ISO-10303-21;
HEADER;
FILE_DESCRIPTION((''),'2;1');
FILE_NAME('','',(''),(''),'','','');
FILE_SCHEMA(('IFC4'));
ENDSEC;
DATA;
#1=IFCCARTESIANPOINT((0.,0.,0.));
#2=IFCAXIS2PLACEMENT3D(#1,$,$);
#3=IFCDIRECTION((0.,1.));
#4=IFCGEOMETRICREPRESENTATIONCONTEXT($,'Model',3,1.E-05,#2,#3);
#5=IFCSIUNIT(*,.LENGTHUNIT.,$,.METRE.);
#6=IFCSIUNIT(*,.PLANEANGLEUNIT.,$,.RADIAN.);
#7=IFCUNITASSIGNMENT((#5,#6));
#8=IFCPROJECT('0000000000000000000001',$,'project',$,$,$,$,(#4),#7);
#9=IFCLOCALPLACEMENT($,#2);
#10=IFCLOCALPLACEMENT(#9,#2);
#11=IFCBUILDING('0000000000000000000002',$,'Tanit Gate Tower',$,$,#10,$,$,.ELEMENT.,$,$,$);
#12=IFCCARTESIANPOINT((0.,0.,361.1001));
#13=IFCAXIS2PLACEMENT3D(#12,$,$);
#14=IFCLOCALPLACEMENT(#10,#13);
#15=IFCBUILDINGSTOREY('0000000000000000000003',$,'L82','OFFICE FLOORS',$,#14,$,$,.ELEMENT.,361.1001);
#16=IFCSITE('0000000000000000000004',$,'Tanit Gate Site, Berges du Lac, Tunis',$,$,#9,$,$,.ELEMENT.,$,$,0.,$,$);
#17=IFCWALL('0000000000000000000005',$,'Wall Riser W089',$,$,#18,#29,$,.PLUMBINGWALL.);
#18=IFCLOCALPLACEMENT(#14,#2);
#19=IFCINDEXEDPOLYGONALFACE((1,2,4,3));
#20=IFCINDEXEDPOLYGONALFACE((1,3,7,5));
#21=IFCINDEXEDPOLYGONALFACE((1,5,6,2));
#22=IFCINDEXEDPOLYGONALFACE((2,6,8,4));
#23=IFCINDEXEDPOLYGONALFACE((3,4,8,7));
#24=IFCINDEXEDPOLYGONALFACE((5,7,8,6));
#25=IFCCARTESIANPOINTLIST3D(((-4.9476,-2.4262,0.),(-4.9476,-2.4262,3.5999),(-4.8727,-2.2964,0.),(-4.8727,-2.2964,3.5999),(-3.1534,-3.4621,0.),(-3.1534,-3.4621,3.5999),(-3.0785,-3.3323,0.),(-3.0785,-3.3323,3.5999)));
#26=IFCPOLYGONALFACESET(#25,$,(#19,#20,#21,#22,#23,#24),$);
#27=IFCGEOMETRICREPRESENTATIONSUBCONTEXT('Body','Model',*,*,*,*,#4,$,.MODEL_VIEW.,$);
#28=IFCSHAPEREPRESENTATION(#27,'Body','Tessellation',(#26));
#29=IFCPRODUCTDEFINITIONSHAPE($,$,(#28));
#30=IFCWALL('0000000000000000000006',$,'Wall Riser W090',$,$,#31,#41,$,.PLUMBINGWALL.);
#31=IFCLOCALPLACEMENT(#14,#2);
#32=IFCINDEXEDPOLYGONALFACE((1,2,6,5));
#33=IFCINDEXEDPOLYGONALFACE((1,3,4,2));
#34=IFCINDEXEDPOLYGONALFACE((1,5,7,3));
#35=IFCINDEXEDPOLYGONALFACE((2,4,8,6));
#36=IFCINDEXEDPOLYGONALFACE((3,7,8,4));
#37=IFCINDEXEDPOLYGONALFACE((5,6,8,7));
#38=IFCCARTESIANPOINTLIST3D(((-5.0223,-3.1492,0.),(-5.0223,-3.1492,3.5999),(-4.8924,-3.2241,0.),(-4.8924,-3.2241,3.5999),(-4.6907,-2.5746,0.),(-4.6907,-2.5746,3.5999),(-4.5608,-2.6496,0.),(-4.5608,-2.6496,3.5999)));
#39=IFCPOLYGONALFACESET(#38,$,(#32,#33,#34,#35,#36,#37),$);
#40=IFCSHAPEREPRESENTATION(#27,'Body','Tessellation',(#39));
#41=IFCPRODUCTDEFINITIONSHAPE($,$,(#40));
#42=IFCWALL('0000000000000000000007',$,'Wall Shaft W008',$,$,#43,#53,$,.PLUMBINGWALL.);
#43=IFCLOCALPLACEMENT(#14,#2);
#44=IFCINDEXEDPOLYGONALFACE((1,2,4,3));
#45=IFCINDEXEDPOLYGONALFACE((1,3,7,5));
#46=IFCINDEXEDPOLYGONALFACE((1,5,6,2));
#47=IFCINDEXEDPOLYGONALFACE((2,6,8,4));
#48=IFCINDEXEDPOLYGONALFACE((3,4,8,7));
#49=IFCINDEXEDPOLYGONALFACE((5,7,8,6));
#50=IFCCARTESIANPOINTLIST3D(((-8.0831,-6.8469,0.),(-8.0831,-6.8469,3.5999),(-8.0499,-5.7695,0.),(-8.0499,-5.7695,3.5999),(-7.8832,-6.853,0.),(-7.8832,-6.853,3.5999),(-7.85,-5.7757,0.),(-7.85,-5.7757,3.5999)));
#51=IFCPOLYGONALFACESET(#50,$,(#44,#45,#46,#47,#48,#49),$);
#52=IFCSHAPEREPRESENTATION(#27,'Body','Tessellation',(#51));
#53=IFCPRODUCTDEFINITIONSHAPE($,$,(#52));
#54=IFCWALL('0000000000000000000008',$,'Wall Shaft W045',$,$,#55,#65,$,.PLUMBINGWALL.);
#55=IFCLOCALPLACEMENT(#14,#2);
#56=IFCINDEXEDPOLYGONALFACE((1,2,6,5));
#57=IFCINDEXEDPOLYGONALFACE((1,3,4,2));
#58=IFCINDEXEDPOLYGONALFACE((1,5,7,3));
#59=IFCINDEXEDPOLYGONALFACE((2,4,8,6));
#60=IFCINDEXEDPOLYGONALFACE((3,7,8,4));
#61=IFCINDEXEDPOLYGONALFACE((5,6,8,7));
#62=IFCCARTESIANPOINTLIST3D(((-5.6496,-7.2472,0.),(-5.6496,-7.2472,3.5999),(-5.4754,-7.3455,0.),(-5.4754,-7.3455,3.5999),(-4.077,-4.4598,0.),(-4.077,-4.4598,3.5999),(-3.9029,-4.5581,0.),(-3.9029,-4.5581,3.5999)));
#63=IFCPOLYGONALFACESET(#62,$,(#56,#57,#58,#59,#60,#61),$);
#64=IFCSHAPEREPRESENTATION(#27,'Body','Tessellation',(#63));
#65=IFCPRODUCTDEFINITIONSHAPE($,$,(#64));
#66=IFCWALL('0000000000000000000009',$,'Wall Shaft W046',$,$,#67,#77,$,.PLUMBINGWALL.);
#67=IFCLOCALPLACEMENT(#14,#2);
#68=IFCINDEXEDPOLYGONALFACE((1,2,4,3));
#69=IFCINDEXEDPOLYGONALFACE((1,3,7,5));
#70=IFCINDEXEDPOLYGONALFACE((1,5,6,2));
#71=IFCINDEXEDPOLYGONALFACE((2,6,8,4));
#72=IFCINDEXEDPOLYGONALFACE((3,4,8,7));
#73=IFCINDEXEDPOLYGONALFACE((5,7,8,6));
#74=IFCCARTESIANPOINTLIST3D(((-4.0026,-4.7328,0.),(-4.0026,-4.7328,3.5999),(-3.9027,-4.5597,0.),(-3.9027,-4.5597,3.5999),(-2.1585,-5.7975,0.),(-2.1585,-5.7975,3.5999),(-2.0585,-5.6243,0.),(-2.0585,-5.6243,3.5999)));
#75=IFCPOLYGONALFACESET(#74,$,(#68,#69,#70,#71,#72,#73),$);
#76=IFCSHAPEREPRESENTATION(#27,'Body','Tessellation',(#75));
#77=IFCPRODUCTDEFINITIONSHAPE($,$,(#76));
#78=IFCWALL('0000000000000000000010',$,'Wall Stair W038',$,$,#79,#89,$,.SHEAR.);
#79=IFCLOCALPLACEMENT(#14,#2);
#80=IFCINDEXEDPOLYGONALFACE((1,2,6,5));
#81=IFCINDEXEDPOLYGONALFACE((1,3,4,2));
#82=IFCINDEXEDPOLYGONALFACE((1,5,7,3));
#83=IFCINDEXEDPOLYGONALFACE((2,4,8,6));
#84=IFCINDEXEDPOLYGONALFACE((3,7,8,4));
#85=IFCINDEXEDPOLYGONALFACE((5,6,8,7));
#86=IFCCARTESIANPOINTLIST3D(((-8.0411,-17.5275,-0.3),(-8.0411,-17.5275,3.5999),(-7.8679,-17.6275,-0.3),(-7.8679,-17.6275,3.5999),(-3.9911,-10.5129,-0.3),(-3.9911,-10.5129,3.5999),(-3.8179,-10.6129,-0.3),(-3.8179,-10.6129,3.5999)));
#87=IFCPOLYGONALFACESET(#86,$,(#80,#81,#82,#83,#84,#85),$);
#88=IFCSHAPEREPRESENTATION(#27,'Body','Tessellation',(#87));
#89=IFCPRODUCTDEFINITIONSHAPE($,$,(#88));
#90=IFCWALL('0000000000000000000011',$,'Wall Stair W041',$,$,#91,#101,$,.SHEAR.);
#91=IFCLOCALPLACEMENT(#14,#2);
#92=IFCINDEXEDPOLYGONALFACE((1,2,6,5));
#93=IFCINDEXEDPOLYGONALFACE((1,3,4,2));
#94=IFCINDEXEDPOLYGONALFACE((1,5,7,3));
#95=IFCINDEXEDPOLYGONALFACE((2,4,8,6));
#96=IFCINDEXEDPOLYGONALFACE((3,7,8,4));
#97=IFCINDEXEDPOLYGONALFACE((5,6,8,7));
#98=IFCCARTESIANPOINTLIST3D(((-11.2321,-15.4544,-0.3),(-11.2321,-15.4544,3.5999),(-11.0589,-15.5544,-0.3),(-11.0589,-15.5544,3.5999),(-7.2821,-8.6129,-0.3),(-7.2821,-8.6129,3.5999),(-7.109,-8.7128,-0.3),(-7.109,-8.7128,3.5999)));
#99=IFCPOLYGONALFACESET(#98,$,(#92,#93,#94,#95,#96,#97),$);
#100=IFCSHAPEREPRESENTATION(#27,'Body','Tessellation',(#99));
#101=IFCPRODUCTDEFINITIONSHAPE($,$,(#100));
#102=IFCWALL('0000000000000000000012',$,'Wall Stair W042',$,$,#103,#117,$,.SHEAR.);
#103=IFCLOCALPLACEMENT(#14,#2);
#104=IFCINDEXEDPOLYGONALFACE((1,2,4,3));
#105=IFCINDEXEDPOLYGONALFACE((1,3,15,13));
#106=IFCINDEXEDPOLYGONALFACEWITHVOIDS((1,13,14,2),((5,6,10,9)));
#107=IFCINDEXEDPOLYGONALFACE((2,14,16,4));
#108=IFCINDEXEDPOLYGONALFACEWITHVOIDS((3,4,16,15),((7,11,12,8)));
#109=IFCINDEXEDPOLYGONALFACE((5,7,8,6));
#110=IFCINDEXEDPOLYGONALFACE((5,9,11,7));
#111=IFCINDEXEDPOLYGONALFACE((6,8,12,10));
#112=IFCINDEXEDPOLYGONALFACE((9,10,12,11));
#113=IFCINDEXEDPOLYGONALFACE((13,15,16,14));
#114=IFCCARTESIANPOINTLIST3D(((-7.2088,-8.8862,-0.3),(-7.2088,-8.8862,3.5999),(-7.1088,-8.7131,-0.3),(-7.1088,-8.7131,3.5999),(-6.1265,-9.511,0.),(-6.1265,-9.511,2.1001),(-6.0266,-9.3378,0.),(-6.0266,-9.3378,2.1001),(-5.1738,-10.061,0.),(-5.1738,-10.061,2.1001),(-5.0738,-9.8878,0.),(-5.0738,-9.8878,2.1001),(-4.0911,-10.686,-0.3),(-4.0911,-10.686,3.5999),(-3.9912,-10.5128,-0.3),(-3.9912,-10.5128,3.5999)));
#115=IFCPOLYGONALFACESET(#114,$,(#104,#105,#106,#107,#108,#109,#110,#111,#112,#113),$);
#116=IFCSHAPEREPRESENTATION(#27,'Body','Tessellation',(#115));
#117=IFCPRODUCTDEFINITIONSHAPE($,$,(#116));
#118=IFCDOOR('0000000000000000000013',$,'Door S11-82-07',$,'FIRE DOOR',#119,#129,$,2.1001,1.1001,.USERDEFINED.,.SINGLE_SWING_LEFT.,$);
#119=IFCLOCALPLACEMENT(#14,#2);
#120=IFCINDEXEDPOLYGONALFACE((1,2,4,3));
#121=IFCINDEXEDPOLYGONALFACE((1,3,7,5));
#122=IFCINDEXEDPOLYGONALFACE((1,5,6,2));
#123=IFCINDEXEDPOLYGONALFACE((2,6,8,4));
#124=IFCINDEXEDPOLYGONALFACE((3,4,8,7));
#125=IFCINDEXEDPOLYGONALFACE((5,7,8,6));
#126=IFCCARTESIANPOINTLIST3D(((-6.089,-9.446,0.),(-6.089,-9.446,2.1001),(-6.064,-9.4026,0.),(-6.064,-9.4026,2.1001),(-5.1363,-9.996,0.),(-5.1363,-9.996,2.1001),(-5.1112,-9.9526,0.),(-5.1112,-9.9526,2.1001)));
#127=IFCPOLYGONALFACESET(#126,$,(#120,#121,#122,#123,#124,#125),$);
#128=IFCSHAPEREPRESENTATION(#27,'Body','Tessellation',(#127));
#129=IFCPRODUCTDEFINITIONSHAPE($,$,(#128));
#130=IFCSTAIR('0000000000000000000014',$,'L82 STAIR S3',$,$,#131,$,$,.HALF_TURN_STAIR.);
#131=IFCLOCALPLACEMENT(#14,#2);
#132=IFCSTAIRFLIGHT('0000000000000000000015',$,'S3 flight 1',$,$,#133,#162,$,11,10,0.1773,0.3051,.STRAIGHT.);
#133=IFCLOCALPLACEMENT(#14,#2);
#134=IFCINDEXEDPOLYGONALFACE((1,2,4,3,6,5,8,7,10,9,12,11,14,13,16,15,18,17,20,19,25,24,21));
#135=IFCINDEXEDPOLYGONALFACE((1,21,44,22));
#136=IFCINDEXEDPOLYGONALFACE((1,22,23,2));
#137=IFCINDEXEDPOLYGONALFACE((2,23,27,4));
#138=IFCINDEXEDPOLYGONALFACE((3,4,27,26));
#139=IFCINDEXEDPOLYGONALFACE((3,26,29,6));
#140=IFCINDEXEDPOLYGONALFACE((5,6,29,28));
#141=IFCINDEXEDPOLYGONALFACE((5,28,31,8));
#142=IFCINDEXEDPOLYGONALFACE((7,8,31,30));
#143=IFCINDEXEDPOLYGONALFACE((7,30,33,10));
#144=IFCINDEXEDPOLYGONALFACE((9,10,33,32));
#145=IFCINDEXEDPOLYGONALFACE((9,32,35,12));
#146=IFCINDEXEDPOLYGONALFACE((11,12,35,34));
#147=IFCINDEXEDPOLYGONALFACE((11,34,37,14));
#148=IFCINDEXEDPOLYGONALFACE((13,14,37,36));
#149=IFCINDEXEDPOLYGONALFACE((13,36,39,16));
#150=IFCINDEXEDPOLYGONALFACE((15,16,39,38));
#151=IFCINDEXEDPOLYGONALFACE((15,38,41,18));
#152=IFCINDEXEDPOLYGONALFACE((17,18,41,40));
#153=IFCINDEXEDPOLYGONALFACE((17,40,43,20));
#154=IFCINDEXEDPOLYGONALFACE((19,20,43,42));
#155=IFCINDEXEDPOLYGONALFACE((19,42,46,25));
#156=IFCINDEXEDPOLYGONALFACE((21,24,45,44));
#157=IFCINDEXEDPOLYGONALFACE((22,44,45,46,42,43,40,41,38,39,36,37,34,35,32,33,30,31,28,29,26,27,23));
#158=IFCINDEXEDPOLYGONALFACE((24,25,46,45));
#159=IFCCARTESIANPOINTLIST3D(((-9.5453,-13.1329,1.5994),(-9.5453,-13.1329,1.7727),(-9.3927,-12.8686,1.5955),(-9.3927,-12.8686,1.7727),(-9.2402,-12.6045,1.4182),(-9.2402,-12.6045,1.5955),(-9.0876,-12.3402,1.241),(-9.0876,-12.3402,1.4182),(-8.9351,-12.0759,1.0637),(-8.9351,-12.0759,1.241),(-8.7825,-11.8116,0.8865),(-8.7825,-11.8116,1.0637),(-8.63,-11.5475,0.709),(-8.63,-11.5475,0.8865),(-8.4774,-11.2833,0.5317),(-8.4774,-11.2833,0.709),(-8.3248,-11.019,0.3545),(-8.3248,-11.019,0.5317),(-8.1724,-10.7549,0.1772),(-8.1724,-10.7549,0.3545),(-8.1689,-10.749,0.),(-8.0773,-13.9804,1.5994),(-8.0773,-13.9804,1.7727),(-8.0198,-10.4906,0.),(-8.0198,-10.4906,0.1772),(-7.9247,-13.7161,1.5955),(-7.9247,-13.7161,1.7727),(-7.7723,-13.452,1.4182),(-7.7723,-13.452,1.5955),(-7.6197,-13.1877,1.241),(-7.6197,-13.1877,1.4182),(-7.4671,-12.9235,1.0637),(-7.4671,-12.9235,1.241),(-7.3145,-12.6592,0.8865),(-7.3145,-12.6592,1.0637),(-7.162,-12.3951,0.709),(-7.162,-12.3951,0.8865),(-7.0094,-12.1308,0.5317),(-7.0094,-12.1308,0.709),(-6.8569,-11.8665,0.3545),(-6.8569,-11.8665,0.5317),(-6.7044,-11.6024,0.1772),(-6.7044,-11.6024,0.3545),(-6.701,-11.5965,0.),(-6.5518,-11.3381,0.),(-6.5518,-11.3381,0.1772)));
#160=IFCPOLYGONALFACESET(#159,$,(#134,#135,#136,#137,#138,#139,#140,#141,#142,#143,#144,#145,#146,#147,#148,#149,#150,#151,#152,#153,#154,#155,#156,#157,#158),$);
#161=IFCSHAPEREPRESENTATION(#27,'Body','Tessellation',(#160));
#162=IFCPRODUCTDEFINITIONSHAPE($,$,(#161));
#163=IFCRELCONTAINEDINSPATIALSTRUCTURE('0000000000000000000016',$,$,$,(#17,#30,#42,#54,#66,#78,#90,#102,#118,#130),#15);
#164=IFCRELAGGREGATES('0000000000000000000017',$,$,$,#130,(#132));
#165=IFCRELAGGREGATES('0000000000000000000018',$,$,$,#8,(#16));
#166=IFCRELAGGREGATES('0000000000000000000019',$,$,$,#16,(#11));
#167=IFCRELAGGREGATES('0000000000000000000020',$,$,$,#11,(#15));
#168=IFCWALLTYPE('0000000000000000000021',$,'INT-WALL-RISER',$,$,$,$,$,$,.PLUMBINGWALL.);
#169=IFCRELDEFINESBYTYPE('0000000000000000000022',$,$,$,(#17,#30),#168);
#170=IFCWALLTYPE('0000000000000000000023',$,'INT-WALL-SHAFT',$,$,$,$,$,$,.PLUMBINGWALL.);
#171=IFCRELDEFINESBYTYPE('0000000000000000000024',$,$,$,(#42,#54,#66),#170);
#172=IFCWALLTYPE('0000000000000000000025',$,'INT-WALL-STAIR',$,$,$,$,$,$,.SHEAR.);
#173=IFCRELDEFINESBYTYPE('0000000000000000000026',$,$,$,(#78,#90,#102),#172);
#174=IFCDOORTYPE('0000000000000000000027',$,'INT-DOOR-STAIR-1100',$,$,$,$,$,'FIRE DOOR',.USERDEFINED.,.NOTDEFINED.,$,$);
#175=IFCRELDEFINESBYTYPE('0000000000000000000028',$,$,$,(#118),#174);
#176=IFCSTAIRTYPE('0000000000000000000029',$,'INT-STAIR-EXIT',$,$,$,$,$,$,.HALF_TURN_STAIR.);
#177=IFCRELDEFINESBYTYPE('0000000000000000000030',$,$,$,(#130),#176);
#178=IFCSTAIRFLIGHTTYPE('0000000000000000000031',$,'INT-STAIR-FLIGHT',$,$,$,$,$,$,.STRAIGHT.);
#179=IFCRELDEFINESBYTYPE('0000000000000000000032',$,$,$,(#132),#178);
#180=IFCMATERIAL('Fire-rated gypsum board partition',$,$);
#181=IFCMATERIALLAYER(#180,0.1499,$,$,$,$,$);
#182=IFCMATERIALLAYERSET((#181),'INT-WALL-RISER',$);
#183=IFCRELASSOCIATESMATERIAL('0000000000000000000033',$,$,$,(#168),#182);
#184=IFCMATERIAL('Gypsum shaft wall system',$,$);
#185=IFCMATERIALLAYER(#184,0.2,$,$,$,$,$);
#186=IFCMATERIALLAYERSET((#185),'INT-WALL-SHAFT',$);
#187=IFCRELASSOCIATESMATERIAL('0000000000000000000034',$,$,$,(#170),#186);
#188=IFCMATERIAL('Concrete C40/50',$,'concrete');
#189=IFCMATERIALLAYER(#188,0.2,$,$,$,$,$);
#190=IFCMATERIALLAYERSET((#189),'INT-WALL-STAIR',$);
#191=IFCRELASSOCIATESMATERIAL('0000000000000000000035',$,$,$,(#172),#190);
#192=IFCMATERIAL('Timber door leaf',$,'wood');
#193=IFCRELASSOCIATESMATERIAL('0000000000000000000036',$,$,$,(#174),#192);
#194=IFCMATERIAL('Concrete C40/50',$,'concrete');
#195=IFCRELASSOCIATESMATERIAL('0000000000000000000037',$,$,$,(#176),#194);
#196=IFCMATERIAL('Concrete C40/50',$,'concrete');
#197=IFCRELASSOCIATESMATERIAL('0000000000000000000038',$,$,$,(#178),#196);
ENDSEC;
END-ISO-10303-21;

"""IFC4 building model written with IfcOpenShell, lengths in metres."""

from ifc_helpers import new_model, si_unit, direction, frame, frame_2d, origin, place, context, subcontext, project, spatial, polyline, rectangle, outline, extrude, material, layer, layer_set, type_object, element, fill, aggregate, save


model = new_model("IFC4")

# Units and contexts
model_context = context("Model", 3, precision=1e-05, world=origin(), true_north=direction((0.0, 1.0)))
body_context = subcontext(model_context, "Body", "Model", "MODEL_VIEW")
ifc_project = project(units=[si_unit("LENGTHUNIT", "METRE"), si_unit("PLANEANGLEUNIT", "RADIAN")], contexts=[model_context])

# Site, building, storey
site_placement = place(None, origin())
site = spatial("IfcSite", under=ifc_project, at=site_placement, Name="Tanit Gate Site, Berges du Lac, Tunis", CompositionType="ELEMENT", RefElevation=0.0)
building_placement = place(site_placement, origin())
building = spatial("IfcBuilding", under=site, at=building_placement, Name="Tanit Gate Tower", CompositionType="ELEMENT")
storey_placement = place(building_placement, frame((0.0, 0.0, 361.1001)))
storey = spatial("IfcBuildingStorey", under=building, at=storey_placement, Name="L82", Description="OFFICE FLOORS", CompositionType="ELEMENT", Elevation=361.1001)

# Shared definitions
ifc_material_1 = material(Name="Fire-rated gypsum board partition")
ifc_layer_1 = layer(ifc_material_1, 0.1499)
ifc_layer_set_1 = layer_set([ifc_layer_1], Name="INT-WALL-RISER")
wall_type_1 = type_object("IfcWallType", Name="INT-WALL-RISER", PredefinedType="PLUMBINGWALL", material=ifc_layer_set_1)

# Walls
wall_1_placement = place(storey_placement, frame((-4.9102, -2.3613, 0.0), z_axis=(0.0, 0.0, 1.0), x_axis=(0.866023, -0.500005, 0.0)))
element("IfcWall", 1, at=wall_1_placement, inside=storey, type_object=wall_type_1, Name="Wall Riser W089", PredefinedType="PLUMBINGWALL", context=body_context, shape_type="SweptSolid", body=[
    extrude(rectangle(XDim=2.0718, YDim=0.1499, at=frame_2d((1.0359, 0.0))), origin(), (0.0, 0.0, 1.0), 3.5999),
])
wall_2_placement = place(storey_placement, frame((-4.9573, -3.1865, 0.0), z_axis=(0.0, 0.0, 1.0), x_axis=(0.499861, 0.866106, 0.0)))
element("IfcWall", 2, at=wall_2_placement, inside=storey, type_object=wall_type_1, Name="Wall Riser W090", PredefinedType="PLUMBINGWALL", context=body_context, shape_type="SweptSolid", body=[
    extrude(rectangle(XDim=0.6633, YDim=0.1499, at=frame_2d((0.3315, 0.0))), origin(), (0.0, 0.0, 1.0), 3.5999),
])
ifc_material_2 = material(Name="Gypsum shaft wall system")
ifc_layer_2 = layer(ifc_material_2, 0.2)
ifc_layer_set_2 = layer_set([ifc_layer_2], Name="INT-WALL-SHAFT")
wall_type_2 = type_object("IfcWallType", Name="INT-WALL-SHAFT", PredefinedType="PLUMBINGWALL", material=ifc_layer_set_2)
wall_3_placement = place(storey_placement, frame((-7.95, -5.7725, 0.0), z_axis=(0.0, 0.0, 1.0), x_axis=(-0.030803, -0.999525, 0.0)))
element("IfcWall", 3, at=wall_3_placement, inside=storey, type_object=wall_type_2, Name="Wall Shaft W008", PredefinedType="PLUMBINGWALL", context=body_context, shape_type="SweptSolid", body=[
    extrude(rectangle(XDim=1.0779, YDim=0.2, at=frame_2d((0.5391, 0.0))), origin(), (0.0, 0.0, 1.0), 3.5999),
])

# Walls
wall_4_placement = place(storey_placement, frame((-3.99, -4.509, 0.0), z_axis=(0.0, 0.0, 1.0), x_axis=(-0.491358, -0.870958, 0.0)))
element("IfcWall", 4, at=wall_4_placement, inside=storey, type_object=wall_type_2, Name="Wall Shaft W045", PredefinedType="PLUMBINGWALL", context=body_context, shape_type="SweptSolid", body=[
    extrude(rectangle(XDim=3.2004, YDim=0.2, at=frame_2d((1.6001, 0.0))), origin(), (0.0, 0.0, 1.0), 3.5999),
])
wall_5_placement = place(storey_placement, frame((-3.9526, -4.6462, 0.0), z_axis=(0.0, 0.0, 1.0), x_axis=(0.86604, -0.499974, 0.0)))
element("IfcWall", 5, at=wall_5_placement, inside=storey, type_object=wall_type_2, Name="Wall Shaft W046", PredefinedType="PLUMBINGWALL", context=body_context, shape_type="SweptSolid", body=[
    extrude(rectangle(XDim=2.1294, YDim=0.2, at=frame_2d((1.0647, 0.0))), origin(), (0.0, 0.0, 1.0), 3.5999),
])
ifc_material_3 = material(Name="Concrete C40/50", Category="concrete")
ifc_layer_3 = layer(ifc_material_3, 0.2)
ifc_layer_set_3 = layer_set([ifc_layer_3], Name="INT-WALL-STAIR")
wall_type_3 = type_object("IfcWallType", Name="INT-WALL-STAIR", PredefinedType="SHEAR", material=ifc_layer_set_3)
wall_6_placement = place(storey_placement, frame((-3.9045, -10.563, -0.3), z_axis=(0.0, 0.0, 1.0), x_axis=(-0.500013, -0.866018, 0.0)))
element("IfcWall", 6, at=wall_6_placement, inside=storey, type_object=wall_type_3, Name="Wall Stair W038", PredefinedType="SHEAR", context=body_context, shape_type="SweptSolid", body=[
    extrude(rectangle(XDim=8.0999, YDim=0.2, at=frame_2d((4.0498, 0.0))), origin(), (0.0, 0.0, 1.0), 3.8999),
])
wall_7_placement = place(storey_placement, frame((-7.1956, -8.6628, -0.3), z_axis=(0.0, 0.0, 1.0), x_axis=(-0.499998, -0.866027, 0.0)))
element("IfcWall", 7, at=wall_7_placement, inside=storey, type_object=wall_type_3, Name="Wall Stair W041", PredefinedType="SHEAR", context=body_context, shape_type="SweptSolid", body=[
    extrude(rectangle(XDim=7.8999, YDim=0.2, at=frame_2d((3.95, 0.0))), origin(), (0.0, 0.0, 1.0), 3.8999),
])

# Wall, opening, door
wall_8_placement = place(storey_placement, frame((-4.0413, -10.5994, -0.3), z_axis=(0.0, 0.0, 1.0), x_axis=(-0.866048, 0.499961, 0.0)))
wall_8 = element("IfcWall", 8, at=wall_8_placement, inside=storey, type_object=wall_type_3, Name="Wall Stair W042", PredefinedType="SHEAR", context=body_context, shape_type="SweptSolid", body=[
    extrude(rectangle(XDim=3.5999, YDim=0.2, at=frame_2d((1.7998, 0.0))), origin(), (0.0, 0.0, 1.0), 3.8999),
])
opening_1_placement = place(wall_8_placement, frame((1.25, 0.0, 0.3)))
opening_1 = element("IfcOpeningElement", 9, at=opening_1_placement, cuts=wall_8, PredefinedType="OPENING", context=body_context, shape_type="SweptSolid", body=[
    extrude(rectangle(XDim=1.1001, YDim=2.1001, at=frame_2d((0.55, 1.05))), frame((0.0, 0.1099, 0.0), z_axis=(0.0, -1.0, 0.0), x_axis=(1.0, 0.0, 0.0)), (0.0, 0.0, 1.0), 0.22),
])
ifc_material_4 = material(Name="Timber door leaf", Category="wood")
door_type_1 = type_object("IfcDoorType", Name="INT-DOOR-STAIR-1100", ElementType="FIRE DOOR", OperationType="NOTDEFINED", PredefinedType="USERDEFINED", material=ifc_material_4)
door_1_placement = place(opening_1_placement, origin())
door_1 = element("IfcDoor", 10, at=door_1_placement, inside=storey, type_object=door_type_1, Name="Door S11-82-07", ObjectType="FIRE DOOR", OperationType="SINGLE_SWING_LEFT", OverallHeight=2.1001, OverallWidth=1.1001, PredefinedType="USERDEFINED", context=body_context, shape_type="SweptSolid", body=[
    extrude(rectangle(XDim=1.1001, YDim=2.1001, at=frame_2d((0.55, 1.05))), frame((0.0, 0.0249, 0.0), z_axis=(0.0, -1.0, 0.0), x_axis=(1.0, 0.0, 0.0)), (0.0, 0.0, 1.0), 0.05),
])
fill(opening_1, door_1)

# Stair, stair flight
ifc_material_5 = material(Name="Concrete C40/50", Category="concrete")
stair_type = type_object("IfcStairType", Name="INT-STAIR-EXIT", PredefinedType="HALF_TURN_STAIR", material=ifc_material_5)
stair_placement = place(storey_placement, origin())
stair = element("IfcStair", 11, at=stair_placement, inside=storey, type_object=stair_type, Name="L82 STAIR S3", PredefinedType="HALF_TURN_STAIR")
ifc_material_6 = material(Name="Concrete C40/50", Category="concrete")
stair_flight_type = type_object("IfcStairFlightType", Name="INT-STAIR-FLIGHT", PredefinedType="STRAIGHT", material=ifc_material_6)
stair_flight_1_placement = place(storey_placement, frame((-7.2859, -10.9143, 0.0), z_axis=(0.0, 0.0, 1.0), x_axis=(-0.5, -0.866025, 0.0)))
stair_flight_1 = element("IfcStairFlight", 12, at=stair_flight_1_placement, type_object=stair_flight_type, Name="S3 flight 1", NumberOfRisers=11, NumberOfTreads=10, PredefinedType="STRAIGHT", RiserHeight=0.1773, TreadLength=0.3051, context=body_context, shape_type="SweptSolid", body=[
    extrude(outline(polyline([(0.0, 0.0), (0.0, 0.1772), (0.3052, 0.1772), (0.3052, 0.3545), (0.6101, 0.3545), (0.6101, 0.5317), (0.9153, 0.5317), (0.9153, 0.709), (1.2205, 0.709), (1.2205, 0.8865), (1.5254, 0.8865), (1.5254, 1.0637), (1.8306, 1.0637), (1.8306, 1.241), (2.1357, 1.241), (2.1357, 1.4182), (2.4409, 1.4182), (2.4409, 1.5955), (2.7458, 1.5955), (2.7458, 1.7727), (3.051, 1.7727), (3.051, 1.95), (3.051, 1.5994), (0.2983, 0.0), (0.0, 0.0)])), frame((0.0, 0.8477, 0.0), z_axis=(0.0, -1.0, 0.0), x_axis=(1.0, 0.0, 0.0)), (0.0, 0.0, 1.0), 1.6951),
])
aggregate(stair, [stair_flight_1])

save(model, "model.ifc")
